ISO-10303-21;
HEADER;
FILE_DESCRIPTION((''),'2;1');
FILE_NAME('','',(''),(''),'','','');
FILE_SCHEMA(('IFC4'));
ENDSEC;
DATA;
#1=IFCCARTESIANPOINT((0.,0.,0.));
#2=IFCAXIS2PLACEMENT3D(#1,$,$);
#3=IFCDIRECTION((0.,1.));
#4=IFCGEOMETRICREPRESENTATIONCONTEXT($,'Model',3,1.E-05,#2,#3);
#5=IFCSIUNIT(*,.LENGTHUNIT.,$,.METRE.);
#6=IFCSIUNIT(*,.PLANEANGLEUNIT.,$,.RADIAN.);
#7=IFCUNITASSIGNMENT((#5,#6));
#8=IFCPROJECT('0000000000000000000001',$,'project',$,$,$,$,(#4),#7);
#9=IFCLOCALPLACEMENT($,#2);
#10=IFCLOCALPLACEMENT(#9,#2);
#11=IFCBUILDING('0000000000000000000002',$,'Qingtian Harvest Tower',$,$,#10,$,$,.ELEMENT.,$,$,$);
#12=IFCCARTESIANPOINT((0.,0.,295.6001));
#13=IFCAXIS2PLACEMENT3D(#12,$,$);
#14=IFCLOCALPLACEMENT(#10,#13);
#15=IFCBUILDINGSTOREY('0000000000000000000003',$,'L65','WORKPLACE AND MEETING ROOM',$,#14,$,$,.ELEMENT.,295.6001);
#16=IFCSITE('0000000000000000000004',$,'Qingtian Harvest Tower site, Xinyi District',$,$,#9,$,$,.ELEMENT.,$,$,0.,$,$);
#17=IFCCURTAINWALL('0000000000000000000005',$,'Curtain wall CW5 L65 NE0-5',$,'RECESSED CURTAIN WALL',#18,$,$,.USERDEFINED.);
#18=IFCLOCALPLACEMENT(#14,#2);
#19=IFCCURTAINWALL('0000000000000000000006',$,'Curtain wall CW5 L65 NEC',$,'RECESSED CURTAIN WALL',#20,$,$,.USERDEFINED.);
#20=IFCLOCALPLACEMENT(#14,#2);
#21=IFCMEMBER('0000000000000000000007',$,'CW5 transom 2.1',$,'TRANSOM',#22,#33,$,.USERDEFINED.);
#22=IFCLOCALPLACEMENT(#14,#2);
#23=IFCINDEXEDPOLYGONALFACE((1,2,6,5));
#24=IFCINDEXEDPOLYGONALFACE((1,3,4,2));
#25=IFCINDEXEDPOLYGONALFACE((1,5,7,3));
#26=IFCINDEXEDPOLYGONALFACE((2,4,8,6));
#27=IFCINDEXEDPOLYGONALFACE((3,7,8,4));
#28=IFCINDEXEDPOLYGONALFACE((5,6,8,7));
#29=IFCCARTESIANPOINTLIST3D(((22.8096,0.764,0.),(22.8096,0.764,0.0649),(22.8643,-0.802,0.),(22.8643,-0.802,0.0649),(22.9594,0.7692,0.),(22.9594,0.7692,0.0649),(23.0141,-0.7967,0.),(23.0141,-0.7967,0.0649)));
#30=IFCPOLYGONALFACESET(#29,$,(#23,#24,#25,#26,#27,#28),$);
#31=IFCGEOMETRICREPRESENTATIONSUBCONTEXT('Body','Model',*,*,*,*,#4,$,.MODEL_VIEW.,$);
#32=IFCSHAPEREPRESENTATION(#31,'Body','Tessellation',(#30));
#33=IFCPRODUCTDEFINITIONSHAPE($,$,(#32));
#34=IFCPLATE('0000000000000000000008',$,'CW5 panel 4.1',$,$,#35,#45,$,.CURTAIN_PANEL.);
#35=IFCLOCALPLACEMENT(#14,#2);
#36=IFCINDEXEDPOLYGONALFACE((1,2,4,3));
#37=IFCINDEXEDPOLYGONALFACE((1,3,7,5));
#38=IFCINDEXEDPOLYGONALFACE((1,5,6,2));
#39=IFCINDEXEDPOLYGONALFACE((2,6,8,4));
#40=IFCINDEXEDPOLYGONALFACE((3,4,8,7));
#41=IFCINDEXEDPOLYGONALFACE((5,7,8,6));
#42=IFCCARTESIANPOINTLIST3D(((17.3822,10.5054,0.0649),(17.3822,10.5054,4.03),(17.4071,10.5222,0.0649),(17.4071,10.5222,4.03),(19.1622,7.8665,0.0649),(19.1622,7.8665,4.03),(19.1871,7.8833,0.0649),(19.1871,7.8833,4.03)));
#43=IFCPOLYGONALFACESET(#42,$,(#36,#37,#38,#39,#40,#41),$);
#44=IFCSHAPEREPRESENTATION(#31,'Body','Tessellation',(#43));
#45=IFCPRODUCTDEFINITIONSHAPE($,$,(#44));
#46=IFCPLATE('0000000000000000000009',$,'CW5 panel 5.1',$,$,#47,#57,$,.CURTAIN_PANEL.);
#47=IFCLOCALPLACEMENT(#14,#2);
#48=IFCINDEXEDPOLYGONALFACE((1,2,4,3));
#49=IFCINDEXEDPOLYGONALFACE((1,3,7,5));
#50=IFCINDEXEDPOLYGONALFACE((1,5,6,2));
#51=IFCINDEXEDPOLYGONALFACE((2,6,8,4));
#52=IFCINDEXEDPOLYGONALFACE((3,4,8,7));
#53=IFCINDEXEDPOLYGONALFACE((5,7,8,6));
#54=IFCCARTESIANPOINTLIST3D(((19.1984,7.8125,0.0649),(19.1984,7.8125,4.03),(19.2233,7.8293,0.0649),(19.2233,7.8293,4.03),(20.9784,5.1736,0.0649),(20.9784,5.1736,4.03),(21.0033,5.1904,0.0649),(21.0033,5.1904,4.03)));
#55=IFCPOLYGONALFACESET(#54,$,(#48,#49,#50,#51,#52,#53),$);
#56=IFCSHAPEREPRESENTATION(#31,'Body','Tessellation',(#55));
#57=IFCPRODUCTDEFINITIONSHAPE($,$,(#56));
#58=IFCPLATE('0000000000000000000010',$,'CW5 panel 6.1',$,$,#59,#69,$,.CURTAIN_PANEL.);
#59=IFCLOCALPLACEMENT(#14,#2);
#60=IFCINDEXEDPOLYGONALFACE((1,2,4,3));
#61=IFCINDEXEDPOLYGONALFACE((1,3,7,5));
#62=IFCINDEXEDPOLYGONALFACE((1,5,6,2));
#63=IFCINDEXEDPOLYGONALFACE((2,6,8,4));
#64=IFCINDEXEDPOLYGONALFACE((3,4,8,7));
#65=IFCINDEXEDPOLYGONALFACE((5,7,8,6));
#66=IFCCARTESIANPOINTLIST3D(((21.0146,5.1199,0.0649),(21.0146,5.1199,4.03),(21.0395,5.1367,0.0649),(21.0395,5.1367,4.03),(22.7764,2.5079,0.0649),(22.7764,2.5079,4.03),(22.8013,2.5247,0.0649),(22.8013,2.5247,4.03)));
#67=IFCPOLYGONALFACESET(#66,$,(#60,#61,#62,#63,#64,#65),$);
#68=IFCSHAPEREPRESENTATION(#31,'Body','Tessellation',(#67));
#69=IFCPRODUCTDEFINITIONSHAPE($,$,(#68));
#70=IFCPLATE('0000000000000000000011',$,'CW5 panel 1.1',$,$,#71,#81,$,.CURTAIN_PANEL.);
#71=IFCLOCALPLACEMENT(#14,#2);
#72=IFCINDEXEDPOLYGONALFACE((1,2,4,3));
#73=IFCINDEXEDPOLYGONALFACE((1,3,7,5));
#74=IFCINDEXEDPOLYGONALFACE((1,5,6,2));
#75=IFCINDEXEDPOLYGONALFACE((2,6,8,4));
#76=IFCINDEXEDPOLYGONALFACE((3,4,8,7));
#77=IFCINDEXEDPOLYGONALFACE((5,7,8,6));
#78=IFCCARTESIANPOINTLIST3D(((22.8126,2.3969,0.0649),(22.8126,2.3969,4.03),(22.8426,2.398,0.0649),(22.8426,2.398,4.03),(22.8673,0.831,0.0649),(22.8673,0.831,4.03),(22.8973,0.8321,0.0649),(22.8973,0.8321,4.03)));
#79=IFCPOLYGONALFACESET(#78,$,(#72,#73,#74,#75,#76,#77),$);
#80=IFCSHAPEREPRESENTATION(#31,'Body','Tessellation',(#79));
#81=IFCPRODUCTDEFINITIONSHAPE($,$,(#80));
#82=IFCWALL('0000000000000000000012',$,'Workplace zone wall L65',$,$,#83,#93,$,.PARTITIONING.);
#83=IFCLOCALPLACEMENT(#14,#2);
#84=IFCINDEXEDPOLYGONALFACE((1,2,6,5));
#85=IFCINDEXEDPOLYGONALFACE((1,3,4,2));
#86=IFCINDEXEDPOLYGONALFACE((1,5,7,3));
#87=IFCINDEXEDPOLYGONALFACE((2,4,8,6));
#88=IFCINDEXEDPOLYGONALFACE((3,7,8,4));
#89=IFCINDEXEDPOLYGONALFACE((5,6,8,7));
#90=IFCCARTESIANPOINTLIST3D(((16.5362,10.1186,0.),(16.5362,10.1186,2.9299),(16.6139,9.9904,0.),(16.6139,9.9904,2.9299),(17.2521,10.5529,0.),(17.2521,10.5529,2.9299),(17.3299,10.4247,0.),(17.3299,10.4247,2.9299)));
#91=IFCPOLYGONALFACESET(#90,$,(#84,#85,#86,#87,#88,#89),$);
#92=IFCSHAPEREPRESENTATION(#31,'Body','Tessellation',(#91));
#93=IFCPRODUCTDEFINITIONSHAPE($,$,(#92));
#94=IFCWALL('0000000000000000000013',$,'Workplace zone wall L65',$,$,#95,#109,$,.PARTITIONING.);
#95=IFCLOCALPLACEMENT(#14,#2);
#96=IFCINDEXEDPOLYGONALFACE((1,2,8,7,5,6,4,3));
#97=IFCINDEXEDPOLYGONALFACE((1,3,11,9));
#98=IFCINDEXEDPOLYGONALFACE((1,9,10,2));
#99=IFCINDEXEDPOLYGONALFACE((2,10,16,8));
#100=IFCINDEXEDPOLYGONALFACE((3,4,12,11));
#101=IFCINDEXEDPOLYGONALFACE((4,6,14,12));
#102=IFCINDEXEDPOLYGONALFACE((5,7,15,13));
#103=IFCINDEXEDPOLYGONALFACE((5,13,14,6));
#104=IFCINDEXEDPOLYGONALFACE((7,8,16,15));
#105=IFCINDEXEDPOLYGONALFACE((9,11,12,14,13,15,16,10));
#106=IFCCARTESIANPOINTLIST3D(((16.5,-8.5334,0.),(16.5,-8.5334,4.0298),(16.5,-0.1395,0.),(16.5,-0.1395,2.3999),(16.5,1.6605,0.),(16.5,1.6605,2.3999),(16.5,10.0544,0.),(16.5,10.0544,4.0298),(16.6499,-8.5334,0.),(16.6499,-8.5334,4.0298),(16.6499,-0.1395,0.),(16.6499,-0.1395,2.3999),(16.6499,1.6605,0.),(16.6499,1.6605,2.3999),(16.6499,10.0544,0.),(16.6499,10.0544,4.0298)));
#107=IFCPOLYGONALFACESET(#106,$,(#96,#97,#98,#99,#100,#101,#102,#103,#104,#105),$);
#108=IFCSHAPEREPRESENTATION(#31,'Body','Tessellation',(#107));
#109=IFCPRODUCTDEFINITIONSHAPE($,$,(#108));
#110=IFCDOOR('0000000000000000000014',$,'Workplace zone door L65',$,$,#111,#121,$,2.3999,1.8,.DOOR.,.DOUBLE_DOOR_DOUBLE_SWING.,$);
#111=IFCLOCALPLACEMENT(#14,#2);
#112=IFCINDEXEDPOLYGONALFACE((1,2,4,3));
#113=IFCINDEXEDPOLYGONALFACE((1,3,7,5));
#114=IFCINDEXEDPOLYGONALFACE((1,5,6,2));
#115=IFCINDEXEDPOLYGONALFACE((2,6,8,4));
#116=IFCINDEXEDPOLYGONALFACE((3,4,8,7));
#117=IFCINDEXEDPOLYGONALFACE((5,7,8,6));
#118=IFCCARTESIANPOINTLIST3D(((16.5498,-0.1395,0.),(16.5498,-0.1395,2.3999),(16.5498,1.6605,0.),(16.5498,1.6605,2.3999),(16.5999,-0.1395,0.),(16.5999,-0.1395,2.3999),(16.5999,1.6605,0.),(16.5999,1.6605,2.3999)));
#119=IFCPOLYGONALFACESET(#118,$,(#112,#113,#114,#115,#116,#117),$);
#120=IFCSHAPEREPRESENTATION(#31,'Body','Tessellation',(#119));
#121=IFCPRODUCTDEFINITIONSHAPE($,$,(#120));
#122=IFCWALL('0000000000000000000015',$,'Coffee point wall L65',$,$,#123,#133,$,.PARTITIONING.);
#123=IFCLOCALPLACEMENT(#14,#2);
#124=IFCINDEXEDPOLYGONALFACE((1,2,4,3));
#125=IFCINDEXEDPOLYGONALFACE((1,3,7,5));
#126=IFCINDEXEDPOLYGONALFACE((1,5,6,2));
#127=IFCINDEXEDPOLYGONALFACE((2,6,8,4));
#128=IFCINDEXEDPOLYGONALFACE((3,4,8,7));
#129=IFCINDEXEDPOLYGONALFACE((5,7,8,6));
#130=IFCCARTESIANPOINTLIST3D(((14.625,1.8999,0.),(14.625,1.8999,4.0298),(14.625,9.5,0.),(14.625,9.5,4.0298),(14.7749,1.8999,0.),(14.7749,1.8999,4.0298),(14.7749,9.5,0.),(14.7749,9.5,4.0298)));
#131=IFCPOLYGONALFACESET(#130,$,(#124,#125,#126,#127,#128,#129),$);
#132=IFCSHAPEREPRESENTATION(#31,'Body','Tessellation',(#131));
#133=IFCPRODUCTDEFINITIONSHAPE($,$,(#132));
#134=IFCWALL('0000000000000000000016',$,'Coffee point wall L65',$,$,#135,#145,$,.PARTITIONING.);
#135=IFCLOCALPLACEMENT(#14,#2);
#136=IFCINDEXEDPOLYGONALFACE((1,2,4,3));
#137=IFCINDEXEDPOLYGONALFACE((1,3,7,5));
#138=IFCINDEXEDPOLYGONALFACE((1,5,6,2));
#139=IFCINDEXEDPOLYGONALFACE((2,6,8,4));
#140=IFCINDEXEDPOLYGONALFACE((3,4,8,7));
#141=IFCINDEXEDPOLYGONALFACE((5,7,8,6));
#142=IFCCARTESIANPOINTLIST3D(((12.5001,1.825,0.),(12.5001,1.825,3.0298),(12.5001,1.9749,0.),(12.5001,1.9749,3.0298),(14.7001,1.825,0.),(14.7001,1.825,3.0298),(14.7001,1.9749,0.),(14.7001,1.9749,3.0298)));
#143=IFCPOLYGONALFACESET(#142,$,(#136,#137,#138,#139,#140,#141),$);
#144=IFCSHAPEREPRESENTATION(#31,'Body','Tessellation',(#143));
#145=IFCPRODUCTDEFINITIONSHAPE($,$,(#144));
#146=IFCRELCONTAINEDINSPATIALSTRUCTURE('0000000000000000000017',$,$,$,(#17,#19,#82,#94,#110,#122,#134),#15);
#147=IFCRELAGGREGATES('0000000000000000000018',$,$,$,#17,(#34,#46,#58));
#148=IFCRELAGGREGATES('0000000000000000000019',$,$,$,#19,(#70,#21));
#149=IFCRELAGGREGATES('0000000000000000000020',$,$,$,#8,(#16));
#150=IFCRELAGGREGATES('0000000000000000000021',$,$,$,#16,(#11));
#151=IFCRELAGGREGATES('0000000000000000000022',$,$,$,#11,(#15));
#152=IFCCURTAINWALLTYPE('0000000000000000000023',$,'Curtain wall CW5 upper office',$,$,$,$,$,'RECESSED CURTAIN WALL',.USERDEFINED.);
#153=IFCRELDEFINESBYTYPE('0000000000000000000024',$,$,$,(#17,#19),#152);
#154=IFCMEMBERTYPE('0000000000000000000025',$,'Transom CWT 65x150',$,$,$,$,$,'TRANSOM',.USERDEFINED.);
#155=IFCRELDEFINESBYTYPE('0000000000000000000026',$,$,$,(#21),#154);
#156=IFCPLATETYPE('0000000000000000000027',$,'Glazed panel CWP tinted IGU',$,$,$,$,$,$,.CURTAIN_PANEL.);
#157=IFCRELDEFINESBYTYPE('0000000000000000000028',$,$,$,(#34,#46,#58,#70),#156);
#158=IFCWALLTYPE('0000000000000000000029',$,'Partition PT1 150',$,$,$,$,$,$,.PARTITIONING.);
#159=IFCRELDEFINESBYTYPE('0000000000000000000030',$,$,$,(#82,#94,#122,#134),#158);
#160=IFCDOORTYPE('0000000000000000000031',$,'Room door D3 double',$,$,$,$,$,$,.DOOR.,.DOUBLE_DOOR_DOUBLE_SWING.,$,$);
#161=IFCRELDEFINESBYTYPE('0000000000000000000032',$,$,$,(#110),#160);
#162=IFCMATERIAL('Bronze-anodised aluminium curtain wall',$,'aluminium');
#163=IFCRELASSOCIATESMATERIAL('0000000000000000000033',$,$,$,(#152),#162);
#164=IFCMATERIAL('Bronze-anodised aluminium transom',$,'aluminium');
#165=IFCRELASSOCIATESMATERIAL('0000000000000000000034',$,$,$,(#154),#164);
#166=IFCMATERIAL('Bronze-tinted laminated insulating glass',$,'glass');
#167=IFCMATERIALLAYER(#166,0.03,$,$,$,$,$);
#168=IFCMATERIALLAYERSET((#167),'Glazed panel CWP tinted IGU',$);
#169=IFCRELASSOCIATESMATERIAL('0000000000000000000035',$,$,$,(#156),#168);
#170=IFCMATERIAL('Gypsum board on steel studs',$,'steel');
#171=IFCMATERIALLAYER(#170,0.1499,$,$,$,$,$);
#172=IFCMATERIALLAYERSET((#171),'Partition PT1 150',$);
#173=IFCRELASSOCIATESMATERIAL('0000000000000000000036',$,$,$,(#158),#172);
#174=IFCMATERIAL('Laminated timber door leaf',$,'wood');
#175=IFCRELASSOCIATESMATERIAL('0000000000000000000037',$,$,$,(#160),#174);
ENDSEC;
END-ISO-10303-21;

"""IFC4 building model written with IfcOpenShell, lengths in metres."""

from ifc_helpers import new_model, si_unit, direction, frame, frame_2d, origin, origin_2d, place, context, subcontext, project, spatial, rectangle, extrude, material, layer, layer_set, material_profile, profile_set, type_object, element, fill, aggregate, save


model = new_model("IFC4")

# Units and contexts
model_context = context("Model", 3, precision=1e-05, world=origin(), true_north=direction((0.0, 1.0)))
body_context = subcontext(model_context, "Body", "Model", "MODEL_VIEW")
ifc_project = project(units=[si_unit("LENGTHUNIT", "METRE"), si_unit("PLANEANGLEUNIT", "RADIAN")], contexts=[model_context])

# Site, building, storey
site_placement = place(None, origin())
site = spatial("IfcSite", under=ifc_project, at=site_placement, Name="Qingtian Harvest Tower site, Xinyi District", CompositionType="ELEMENT", RefElevation=0.0)
building_placement = place(site_placement, origin())
building = spatial("IfcBuilding", under=site, at=building_placement, Name="Qingtian Harvest Tower", CompositionType="ELEMENT")
storey_placement = place(building_placement, frame((0.0, 0.0, 295.6001)))
storey = spatial("IfcBuildingStorey", under=building, at=storey_placement, Name="L65", Description="WORKPLACE AND MEETING ROOM", CompositionType="ELEMENT", Elevation=295.6001)

# Curtain walls
ifc_material_1 = material(Name="Bronze-anodised aluminium curtain wall", Category="aluminium")
curtain_wall_type = type_object("IfcCurtainWallType", Name="Curtain wall CW5 upper office", ElementType="RECESSED CURTAIN WALL", PredefinedType="USERDEFINED", material=ifc_material_1)
curtain_wall_1_placement = place(storey_placement, origin())
curtain_wall_1 = element("IfcCurtainWall", 1, at=curtain_wall_1_placement, inside=storey, type_object=curtain_wall_type, Name="Curtain wall CW5 L65 NE0-5", ObjectType="RECESSED CURTAIN WALL", PredefinedType="USERDEFINED")
curtain_wall_2_placement = place(storey_placement, origin())
curtain_wall_2 = element("IfcCurtainWall", 2, at=curtain_wall_2_placement, inside=storey, type_object=curtain_wall_type, Name="Curtain wall CW5 L65 NEC", ObjectType="RECESSED CURTAIN WALL", PredefinedType="USERDEFINED")

# Member
ifc_material_2 = material(Name="Bronze-anodised aluminium transom", Category="aluminium")
ifc_material_profile_1 = material_profile(ifc_material_2, rectangle(XDim=0.1499, YDim=0.0649, at=origin_2d()), Name="AL 65x150")
ifc_profile_set_1 = profile_set([ifc_material_profile_1], Name="Bronze-anodised aluminium transom")
member_type_1 = type_object("IfcMemberType", Name="Transom CWT 65x150", ElementType="TRANSOM", PredefinedType="USERDEFINED", material=ifc_profile_set_1)
member_1_placement = place(storey_placement, frame((22.8845, 0.7666, 0.0325), z_axis=(0.034902, -0.999391, 0.0), x_axis=(0.999391, 0.034902, 0.0)))
member_1 = element("IfcMember", 3, at=member_1_placement, type_object=member_type_1, Name="CW5 transom 2.1", ObjectType="TRANSOM", PredefinedType="USERDEFINED", context=body_context, shape_type="SweptSolid", body=[
    extrude(rectangle(XDim=0.1499, YDim=0.0649, at=origin_2d()), origin(), (0.0, 0.0, 1.0), 1.5669),
])

# Plates
ifc_material_3 = material(Name="Bronze-tinted laminated insulating glass", Category="glass")
ifc_layer_1 = layer(ifc_material_3, 0.03)
ifc_layer_set_1 = layer_set([ifc_layer_1], Name="Glazed panel CWP tinted IGU")
plate_type = type_object("IfcPlateType", Name="Glazed panel CWP tinted IGU", PredefinedType="CURTAIN_PANEL", material=ifc_layer_set_1)
plate_1_placement = place(storey_placement, frame((18.2847, 9.1943, 0.0649), z_axis=(0.0, 0.0, 1.0), x_axis=(0.559193, -0.829038, 0.0)))
plate_1 = element("IfcPlate", 4, at=plate_1_placement, type_object=plate_type, Name="CW5 panel 4.1", PredefinedType="CURTAIN_PANEL", context=body_context, shape_type="SweptSolid", body=[
    extrude(rectangle(XDim=3.1831, YDim=0.03, at=origin_2d()), origin(), (0.0, 0.0, 1.0), 3.9651),
])
plate_2_placement = place(storey_placement, frame((20.1008, 6.5015, 0.0649), z_axis=(0.0, 0.0, 1.0), x_axis=(0.559193, -0.829038, 0.0)))
plate_2 = element("IfcPlate", 5, at=plate_2_placement, type_object=plate_type, Name="CW5 panel 5.1", PredefinedType="CURTAIN_PANEL", context=body_context, shape_type="SweptSolid", body=[
    extrude(rectangle(XDim=3.1831, YDim=0.03, at=origin_2d()), origin(), (0.0, 0.0, 1.0), 3.9651),
])
plate_3_placement = place(storey_placement, frame((21.908, 3.8223, 0.0649), z_axis=(0.0, 0.0, 1.0), x_axis=(0.559193, -0.829038, 0.0)))
plate_3 = element("IfcPlate", 6, at=plate_3_placement, type_object=plate_type, Name="CW5 panel 6.1", PredefinedType="CURTAIN_PANEL", context=body_context, shape_type="SweptSolid", body=[
    extrude(rectangle(XDim=3.1506, YDim=0.03, at=origin_2d()), origin(), (0.0, 0.0, 1.0), 3.9651),
])
aggregate(curtain_wall_1, [plate_1, plate_2, plate_3])
plate_4_placement = place(storey_placement, frame((22.855, 1.6145, 0.0649), z_axis=(0.0, 0.0, 1.0), x_axis=(0.034899, -0.999391, 0.0)))
plate_4 = element("IfcPlate", 7, at=plate_4_placement, type_object=plate_type, Name="CW5 panel 1.1", PredefinedType="CURTAIN_PANEL", context=body_context, shape_type="SweptSolid", body=[
    extrude(rectangle(XDim=1.5669, YDim=0.03, at=origin_2d()), origin(), (0.0, 0.0, 1.0), 3.9651),
])
aggregate(curtain_wall_2, [plate_4, member_1])

# Wall
ifc_material_4 = material(Name="Gypsum board on steel studs", Category="steel")
ifc_layer_2 = layer(ifc_material_4, 0.1499)
ifc_layer_set_2 = layer_set([ifc_layer_2], Name="Partition PT1 150")
wall_type = type_object("IfcWallType", Name="Partition PT1 150", PredefinedType="PARTITIONING", material=ifc_layer_set_2)
wall_1_placement = place(storey_placement, frame((17.291, 10.4888, 0.0), z_axis=(0.0, 0.0, 1.0), x_axis=(-0.855014, -0.518605, 0.0)))
element("IfcWall", 8, at=wall_1_placement, inside=storey, type_object=wall_type, Name="Workplace zone wall L65", PredefinedType="PARTITIONING", context=body_context, shape_type="SweptSolid", body=[
    extrude(rectangle(XDim=0.8374, YDim=0.1499, at=frame_2d((0.4187, 0.0))), origin(), (0.0, 0.0, 1.0), 2.9299),
])

# Wall, opening, door
wall_2_placement = place(storey_placement, frame((16.575, 10.0544, 0.0), z_axis=(0.0, 0.0, 1.0), x_axis=(0.0, -1.0, 0.0)))
wall_2 = element("IfcWall", 9, at=wall_2_placement, inside=storey, type_object=wall_type, Name="Workplace zone wall L65", PredefinedType="PARTITIONING", context=body_context, shape_type="SweptSolid", body=[
    extrude(rectangle(XDim=18.5879, YDim=0.1499, at=frame_2d((9.2939, 0.0))), origin(), (0.0, 0.0, 1.0), 4.0298),
])
opening_placement = place(wall_2_placement, frame((8.394, 0.0, 0.0)))
opening = element("IfcOpeningElement", 10, at=opening_placement, cuts=wall_2, PredefinedType="OPENING", context=body_context, shape_type="SweptSolid", body=[
    extrude(rectangle(XDim=1.8, YDim=2.3999, at=frame_2d((0.8999, 1.2))), frame((0.0, 0.085, 0.0), z_axis=(0.0, -1.0, 0.0), x_axis=(1.0, 0.0, 0.0)), (0.0, 0.0, 1.0), 0.1699),
])
ifc_material_5 = material(Name="Laminated timber door leaf", Category="wood")
door_type = type_object("IfcDoorType", Name="Room door D3 double", OperationType="DOUBLE_DOOR_DOUBLE_SWING", PredefinedType="DOOR", material=ifc_material_5)
door_placement = place(opening_placement, origin())
door = element("IfcDoor", 11, at=door_placement, inside=storey, type_object=door_type, Name="Workplace zone door L65", OperationType="DOUBLE_DOOR_DOUBLE_SWING", OverallHeight=2.3999, OverallWidth=1.8, PredefinedType="DOOR", context=body_context, shape_type="SweptSolid", body=[
    extrude(rectangle(XDim=1.8, YDim=2.3999, at=frame_2d((0.8999, 1.2))), frame((0.0, 0.0249, 0.0), z_axis=(0.0, -1.0, 0.0), x_axis=(1.0, 0.0, 0.0)), (0.0, 0.0, 1.0), 0.05),
])
fill(opening, door)

# Walls
wall_3_placement = place(storey_placement, frame((14.7, 1.8999, 0.0), z_axis=(0.0, 0.0, 1.0), x_axis=(0.0, 1.0, 0.0)))
element("IfcWall", 12, at=wall_3_placement, inside=storey, type_object=wall_type, Name="Coffee point wall L65", PredefinedType="PARTITIONING", context=body_context, shape_type="SweptSolid", body=[
    extrude(rectangle(XDim=7.6001, YDim=0.1499, at=frame_2d((3.8, 0.0))), origin(), (0.0, 0.0, 1.0), 4.0298),
])
wall_4_placement = place(storey_placement, frame((12.5, 1.8999, 0.0), z_axis=(0.0, 0.0, 1.0), x_axis=(1.0, 0.0, 0.0)))
element("IfcWall", 13, at=wall_4_placement, inside=storey, type_object=wall_type, Name="Coffee point wall L65", PredefinedType="PARTITIONING", context=body_context, shape_type="SweptSolid", body=[
    extrude(rectangle(XDim=2.2, YDim=0.1499, at=frame_2d((1.1001, 0.0))), origin(), (0.0, 0.0, 1.0), 3.0298),
])

save(model, "model.ifc")
